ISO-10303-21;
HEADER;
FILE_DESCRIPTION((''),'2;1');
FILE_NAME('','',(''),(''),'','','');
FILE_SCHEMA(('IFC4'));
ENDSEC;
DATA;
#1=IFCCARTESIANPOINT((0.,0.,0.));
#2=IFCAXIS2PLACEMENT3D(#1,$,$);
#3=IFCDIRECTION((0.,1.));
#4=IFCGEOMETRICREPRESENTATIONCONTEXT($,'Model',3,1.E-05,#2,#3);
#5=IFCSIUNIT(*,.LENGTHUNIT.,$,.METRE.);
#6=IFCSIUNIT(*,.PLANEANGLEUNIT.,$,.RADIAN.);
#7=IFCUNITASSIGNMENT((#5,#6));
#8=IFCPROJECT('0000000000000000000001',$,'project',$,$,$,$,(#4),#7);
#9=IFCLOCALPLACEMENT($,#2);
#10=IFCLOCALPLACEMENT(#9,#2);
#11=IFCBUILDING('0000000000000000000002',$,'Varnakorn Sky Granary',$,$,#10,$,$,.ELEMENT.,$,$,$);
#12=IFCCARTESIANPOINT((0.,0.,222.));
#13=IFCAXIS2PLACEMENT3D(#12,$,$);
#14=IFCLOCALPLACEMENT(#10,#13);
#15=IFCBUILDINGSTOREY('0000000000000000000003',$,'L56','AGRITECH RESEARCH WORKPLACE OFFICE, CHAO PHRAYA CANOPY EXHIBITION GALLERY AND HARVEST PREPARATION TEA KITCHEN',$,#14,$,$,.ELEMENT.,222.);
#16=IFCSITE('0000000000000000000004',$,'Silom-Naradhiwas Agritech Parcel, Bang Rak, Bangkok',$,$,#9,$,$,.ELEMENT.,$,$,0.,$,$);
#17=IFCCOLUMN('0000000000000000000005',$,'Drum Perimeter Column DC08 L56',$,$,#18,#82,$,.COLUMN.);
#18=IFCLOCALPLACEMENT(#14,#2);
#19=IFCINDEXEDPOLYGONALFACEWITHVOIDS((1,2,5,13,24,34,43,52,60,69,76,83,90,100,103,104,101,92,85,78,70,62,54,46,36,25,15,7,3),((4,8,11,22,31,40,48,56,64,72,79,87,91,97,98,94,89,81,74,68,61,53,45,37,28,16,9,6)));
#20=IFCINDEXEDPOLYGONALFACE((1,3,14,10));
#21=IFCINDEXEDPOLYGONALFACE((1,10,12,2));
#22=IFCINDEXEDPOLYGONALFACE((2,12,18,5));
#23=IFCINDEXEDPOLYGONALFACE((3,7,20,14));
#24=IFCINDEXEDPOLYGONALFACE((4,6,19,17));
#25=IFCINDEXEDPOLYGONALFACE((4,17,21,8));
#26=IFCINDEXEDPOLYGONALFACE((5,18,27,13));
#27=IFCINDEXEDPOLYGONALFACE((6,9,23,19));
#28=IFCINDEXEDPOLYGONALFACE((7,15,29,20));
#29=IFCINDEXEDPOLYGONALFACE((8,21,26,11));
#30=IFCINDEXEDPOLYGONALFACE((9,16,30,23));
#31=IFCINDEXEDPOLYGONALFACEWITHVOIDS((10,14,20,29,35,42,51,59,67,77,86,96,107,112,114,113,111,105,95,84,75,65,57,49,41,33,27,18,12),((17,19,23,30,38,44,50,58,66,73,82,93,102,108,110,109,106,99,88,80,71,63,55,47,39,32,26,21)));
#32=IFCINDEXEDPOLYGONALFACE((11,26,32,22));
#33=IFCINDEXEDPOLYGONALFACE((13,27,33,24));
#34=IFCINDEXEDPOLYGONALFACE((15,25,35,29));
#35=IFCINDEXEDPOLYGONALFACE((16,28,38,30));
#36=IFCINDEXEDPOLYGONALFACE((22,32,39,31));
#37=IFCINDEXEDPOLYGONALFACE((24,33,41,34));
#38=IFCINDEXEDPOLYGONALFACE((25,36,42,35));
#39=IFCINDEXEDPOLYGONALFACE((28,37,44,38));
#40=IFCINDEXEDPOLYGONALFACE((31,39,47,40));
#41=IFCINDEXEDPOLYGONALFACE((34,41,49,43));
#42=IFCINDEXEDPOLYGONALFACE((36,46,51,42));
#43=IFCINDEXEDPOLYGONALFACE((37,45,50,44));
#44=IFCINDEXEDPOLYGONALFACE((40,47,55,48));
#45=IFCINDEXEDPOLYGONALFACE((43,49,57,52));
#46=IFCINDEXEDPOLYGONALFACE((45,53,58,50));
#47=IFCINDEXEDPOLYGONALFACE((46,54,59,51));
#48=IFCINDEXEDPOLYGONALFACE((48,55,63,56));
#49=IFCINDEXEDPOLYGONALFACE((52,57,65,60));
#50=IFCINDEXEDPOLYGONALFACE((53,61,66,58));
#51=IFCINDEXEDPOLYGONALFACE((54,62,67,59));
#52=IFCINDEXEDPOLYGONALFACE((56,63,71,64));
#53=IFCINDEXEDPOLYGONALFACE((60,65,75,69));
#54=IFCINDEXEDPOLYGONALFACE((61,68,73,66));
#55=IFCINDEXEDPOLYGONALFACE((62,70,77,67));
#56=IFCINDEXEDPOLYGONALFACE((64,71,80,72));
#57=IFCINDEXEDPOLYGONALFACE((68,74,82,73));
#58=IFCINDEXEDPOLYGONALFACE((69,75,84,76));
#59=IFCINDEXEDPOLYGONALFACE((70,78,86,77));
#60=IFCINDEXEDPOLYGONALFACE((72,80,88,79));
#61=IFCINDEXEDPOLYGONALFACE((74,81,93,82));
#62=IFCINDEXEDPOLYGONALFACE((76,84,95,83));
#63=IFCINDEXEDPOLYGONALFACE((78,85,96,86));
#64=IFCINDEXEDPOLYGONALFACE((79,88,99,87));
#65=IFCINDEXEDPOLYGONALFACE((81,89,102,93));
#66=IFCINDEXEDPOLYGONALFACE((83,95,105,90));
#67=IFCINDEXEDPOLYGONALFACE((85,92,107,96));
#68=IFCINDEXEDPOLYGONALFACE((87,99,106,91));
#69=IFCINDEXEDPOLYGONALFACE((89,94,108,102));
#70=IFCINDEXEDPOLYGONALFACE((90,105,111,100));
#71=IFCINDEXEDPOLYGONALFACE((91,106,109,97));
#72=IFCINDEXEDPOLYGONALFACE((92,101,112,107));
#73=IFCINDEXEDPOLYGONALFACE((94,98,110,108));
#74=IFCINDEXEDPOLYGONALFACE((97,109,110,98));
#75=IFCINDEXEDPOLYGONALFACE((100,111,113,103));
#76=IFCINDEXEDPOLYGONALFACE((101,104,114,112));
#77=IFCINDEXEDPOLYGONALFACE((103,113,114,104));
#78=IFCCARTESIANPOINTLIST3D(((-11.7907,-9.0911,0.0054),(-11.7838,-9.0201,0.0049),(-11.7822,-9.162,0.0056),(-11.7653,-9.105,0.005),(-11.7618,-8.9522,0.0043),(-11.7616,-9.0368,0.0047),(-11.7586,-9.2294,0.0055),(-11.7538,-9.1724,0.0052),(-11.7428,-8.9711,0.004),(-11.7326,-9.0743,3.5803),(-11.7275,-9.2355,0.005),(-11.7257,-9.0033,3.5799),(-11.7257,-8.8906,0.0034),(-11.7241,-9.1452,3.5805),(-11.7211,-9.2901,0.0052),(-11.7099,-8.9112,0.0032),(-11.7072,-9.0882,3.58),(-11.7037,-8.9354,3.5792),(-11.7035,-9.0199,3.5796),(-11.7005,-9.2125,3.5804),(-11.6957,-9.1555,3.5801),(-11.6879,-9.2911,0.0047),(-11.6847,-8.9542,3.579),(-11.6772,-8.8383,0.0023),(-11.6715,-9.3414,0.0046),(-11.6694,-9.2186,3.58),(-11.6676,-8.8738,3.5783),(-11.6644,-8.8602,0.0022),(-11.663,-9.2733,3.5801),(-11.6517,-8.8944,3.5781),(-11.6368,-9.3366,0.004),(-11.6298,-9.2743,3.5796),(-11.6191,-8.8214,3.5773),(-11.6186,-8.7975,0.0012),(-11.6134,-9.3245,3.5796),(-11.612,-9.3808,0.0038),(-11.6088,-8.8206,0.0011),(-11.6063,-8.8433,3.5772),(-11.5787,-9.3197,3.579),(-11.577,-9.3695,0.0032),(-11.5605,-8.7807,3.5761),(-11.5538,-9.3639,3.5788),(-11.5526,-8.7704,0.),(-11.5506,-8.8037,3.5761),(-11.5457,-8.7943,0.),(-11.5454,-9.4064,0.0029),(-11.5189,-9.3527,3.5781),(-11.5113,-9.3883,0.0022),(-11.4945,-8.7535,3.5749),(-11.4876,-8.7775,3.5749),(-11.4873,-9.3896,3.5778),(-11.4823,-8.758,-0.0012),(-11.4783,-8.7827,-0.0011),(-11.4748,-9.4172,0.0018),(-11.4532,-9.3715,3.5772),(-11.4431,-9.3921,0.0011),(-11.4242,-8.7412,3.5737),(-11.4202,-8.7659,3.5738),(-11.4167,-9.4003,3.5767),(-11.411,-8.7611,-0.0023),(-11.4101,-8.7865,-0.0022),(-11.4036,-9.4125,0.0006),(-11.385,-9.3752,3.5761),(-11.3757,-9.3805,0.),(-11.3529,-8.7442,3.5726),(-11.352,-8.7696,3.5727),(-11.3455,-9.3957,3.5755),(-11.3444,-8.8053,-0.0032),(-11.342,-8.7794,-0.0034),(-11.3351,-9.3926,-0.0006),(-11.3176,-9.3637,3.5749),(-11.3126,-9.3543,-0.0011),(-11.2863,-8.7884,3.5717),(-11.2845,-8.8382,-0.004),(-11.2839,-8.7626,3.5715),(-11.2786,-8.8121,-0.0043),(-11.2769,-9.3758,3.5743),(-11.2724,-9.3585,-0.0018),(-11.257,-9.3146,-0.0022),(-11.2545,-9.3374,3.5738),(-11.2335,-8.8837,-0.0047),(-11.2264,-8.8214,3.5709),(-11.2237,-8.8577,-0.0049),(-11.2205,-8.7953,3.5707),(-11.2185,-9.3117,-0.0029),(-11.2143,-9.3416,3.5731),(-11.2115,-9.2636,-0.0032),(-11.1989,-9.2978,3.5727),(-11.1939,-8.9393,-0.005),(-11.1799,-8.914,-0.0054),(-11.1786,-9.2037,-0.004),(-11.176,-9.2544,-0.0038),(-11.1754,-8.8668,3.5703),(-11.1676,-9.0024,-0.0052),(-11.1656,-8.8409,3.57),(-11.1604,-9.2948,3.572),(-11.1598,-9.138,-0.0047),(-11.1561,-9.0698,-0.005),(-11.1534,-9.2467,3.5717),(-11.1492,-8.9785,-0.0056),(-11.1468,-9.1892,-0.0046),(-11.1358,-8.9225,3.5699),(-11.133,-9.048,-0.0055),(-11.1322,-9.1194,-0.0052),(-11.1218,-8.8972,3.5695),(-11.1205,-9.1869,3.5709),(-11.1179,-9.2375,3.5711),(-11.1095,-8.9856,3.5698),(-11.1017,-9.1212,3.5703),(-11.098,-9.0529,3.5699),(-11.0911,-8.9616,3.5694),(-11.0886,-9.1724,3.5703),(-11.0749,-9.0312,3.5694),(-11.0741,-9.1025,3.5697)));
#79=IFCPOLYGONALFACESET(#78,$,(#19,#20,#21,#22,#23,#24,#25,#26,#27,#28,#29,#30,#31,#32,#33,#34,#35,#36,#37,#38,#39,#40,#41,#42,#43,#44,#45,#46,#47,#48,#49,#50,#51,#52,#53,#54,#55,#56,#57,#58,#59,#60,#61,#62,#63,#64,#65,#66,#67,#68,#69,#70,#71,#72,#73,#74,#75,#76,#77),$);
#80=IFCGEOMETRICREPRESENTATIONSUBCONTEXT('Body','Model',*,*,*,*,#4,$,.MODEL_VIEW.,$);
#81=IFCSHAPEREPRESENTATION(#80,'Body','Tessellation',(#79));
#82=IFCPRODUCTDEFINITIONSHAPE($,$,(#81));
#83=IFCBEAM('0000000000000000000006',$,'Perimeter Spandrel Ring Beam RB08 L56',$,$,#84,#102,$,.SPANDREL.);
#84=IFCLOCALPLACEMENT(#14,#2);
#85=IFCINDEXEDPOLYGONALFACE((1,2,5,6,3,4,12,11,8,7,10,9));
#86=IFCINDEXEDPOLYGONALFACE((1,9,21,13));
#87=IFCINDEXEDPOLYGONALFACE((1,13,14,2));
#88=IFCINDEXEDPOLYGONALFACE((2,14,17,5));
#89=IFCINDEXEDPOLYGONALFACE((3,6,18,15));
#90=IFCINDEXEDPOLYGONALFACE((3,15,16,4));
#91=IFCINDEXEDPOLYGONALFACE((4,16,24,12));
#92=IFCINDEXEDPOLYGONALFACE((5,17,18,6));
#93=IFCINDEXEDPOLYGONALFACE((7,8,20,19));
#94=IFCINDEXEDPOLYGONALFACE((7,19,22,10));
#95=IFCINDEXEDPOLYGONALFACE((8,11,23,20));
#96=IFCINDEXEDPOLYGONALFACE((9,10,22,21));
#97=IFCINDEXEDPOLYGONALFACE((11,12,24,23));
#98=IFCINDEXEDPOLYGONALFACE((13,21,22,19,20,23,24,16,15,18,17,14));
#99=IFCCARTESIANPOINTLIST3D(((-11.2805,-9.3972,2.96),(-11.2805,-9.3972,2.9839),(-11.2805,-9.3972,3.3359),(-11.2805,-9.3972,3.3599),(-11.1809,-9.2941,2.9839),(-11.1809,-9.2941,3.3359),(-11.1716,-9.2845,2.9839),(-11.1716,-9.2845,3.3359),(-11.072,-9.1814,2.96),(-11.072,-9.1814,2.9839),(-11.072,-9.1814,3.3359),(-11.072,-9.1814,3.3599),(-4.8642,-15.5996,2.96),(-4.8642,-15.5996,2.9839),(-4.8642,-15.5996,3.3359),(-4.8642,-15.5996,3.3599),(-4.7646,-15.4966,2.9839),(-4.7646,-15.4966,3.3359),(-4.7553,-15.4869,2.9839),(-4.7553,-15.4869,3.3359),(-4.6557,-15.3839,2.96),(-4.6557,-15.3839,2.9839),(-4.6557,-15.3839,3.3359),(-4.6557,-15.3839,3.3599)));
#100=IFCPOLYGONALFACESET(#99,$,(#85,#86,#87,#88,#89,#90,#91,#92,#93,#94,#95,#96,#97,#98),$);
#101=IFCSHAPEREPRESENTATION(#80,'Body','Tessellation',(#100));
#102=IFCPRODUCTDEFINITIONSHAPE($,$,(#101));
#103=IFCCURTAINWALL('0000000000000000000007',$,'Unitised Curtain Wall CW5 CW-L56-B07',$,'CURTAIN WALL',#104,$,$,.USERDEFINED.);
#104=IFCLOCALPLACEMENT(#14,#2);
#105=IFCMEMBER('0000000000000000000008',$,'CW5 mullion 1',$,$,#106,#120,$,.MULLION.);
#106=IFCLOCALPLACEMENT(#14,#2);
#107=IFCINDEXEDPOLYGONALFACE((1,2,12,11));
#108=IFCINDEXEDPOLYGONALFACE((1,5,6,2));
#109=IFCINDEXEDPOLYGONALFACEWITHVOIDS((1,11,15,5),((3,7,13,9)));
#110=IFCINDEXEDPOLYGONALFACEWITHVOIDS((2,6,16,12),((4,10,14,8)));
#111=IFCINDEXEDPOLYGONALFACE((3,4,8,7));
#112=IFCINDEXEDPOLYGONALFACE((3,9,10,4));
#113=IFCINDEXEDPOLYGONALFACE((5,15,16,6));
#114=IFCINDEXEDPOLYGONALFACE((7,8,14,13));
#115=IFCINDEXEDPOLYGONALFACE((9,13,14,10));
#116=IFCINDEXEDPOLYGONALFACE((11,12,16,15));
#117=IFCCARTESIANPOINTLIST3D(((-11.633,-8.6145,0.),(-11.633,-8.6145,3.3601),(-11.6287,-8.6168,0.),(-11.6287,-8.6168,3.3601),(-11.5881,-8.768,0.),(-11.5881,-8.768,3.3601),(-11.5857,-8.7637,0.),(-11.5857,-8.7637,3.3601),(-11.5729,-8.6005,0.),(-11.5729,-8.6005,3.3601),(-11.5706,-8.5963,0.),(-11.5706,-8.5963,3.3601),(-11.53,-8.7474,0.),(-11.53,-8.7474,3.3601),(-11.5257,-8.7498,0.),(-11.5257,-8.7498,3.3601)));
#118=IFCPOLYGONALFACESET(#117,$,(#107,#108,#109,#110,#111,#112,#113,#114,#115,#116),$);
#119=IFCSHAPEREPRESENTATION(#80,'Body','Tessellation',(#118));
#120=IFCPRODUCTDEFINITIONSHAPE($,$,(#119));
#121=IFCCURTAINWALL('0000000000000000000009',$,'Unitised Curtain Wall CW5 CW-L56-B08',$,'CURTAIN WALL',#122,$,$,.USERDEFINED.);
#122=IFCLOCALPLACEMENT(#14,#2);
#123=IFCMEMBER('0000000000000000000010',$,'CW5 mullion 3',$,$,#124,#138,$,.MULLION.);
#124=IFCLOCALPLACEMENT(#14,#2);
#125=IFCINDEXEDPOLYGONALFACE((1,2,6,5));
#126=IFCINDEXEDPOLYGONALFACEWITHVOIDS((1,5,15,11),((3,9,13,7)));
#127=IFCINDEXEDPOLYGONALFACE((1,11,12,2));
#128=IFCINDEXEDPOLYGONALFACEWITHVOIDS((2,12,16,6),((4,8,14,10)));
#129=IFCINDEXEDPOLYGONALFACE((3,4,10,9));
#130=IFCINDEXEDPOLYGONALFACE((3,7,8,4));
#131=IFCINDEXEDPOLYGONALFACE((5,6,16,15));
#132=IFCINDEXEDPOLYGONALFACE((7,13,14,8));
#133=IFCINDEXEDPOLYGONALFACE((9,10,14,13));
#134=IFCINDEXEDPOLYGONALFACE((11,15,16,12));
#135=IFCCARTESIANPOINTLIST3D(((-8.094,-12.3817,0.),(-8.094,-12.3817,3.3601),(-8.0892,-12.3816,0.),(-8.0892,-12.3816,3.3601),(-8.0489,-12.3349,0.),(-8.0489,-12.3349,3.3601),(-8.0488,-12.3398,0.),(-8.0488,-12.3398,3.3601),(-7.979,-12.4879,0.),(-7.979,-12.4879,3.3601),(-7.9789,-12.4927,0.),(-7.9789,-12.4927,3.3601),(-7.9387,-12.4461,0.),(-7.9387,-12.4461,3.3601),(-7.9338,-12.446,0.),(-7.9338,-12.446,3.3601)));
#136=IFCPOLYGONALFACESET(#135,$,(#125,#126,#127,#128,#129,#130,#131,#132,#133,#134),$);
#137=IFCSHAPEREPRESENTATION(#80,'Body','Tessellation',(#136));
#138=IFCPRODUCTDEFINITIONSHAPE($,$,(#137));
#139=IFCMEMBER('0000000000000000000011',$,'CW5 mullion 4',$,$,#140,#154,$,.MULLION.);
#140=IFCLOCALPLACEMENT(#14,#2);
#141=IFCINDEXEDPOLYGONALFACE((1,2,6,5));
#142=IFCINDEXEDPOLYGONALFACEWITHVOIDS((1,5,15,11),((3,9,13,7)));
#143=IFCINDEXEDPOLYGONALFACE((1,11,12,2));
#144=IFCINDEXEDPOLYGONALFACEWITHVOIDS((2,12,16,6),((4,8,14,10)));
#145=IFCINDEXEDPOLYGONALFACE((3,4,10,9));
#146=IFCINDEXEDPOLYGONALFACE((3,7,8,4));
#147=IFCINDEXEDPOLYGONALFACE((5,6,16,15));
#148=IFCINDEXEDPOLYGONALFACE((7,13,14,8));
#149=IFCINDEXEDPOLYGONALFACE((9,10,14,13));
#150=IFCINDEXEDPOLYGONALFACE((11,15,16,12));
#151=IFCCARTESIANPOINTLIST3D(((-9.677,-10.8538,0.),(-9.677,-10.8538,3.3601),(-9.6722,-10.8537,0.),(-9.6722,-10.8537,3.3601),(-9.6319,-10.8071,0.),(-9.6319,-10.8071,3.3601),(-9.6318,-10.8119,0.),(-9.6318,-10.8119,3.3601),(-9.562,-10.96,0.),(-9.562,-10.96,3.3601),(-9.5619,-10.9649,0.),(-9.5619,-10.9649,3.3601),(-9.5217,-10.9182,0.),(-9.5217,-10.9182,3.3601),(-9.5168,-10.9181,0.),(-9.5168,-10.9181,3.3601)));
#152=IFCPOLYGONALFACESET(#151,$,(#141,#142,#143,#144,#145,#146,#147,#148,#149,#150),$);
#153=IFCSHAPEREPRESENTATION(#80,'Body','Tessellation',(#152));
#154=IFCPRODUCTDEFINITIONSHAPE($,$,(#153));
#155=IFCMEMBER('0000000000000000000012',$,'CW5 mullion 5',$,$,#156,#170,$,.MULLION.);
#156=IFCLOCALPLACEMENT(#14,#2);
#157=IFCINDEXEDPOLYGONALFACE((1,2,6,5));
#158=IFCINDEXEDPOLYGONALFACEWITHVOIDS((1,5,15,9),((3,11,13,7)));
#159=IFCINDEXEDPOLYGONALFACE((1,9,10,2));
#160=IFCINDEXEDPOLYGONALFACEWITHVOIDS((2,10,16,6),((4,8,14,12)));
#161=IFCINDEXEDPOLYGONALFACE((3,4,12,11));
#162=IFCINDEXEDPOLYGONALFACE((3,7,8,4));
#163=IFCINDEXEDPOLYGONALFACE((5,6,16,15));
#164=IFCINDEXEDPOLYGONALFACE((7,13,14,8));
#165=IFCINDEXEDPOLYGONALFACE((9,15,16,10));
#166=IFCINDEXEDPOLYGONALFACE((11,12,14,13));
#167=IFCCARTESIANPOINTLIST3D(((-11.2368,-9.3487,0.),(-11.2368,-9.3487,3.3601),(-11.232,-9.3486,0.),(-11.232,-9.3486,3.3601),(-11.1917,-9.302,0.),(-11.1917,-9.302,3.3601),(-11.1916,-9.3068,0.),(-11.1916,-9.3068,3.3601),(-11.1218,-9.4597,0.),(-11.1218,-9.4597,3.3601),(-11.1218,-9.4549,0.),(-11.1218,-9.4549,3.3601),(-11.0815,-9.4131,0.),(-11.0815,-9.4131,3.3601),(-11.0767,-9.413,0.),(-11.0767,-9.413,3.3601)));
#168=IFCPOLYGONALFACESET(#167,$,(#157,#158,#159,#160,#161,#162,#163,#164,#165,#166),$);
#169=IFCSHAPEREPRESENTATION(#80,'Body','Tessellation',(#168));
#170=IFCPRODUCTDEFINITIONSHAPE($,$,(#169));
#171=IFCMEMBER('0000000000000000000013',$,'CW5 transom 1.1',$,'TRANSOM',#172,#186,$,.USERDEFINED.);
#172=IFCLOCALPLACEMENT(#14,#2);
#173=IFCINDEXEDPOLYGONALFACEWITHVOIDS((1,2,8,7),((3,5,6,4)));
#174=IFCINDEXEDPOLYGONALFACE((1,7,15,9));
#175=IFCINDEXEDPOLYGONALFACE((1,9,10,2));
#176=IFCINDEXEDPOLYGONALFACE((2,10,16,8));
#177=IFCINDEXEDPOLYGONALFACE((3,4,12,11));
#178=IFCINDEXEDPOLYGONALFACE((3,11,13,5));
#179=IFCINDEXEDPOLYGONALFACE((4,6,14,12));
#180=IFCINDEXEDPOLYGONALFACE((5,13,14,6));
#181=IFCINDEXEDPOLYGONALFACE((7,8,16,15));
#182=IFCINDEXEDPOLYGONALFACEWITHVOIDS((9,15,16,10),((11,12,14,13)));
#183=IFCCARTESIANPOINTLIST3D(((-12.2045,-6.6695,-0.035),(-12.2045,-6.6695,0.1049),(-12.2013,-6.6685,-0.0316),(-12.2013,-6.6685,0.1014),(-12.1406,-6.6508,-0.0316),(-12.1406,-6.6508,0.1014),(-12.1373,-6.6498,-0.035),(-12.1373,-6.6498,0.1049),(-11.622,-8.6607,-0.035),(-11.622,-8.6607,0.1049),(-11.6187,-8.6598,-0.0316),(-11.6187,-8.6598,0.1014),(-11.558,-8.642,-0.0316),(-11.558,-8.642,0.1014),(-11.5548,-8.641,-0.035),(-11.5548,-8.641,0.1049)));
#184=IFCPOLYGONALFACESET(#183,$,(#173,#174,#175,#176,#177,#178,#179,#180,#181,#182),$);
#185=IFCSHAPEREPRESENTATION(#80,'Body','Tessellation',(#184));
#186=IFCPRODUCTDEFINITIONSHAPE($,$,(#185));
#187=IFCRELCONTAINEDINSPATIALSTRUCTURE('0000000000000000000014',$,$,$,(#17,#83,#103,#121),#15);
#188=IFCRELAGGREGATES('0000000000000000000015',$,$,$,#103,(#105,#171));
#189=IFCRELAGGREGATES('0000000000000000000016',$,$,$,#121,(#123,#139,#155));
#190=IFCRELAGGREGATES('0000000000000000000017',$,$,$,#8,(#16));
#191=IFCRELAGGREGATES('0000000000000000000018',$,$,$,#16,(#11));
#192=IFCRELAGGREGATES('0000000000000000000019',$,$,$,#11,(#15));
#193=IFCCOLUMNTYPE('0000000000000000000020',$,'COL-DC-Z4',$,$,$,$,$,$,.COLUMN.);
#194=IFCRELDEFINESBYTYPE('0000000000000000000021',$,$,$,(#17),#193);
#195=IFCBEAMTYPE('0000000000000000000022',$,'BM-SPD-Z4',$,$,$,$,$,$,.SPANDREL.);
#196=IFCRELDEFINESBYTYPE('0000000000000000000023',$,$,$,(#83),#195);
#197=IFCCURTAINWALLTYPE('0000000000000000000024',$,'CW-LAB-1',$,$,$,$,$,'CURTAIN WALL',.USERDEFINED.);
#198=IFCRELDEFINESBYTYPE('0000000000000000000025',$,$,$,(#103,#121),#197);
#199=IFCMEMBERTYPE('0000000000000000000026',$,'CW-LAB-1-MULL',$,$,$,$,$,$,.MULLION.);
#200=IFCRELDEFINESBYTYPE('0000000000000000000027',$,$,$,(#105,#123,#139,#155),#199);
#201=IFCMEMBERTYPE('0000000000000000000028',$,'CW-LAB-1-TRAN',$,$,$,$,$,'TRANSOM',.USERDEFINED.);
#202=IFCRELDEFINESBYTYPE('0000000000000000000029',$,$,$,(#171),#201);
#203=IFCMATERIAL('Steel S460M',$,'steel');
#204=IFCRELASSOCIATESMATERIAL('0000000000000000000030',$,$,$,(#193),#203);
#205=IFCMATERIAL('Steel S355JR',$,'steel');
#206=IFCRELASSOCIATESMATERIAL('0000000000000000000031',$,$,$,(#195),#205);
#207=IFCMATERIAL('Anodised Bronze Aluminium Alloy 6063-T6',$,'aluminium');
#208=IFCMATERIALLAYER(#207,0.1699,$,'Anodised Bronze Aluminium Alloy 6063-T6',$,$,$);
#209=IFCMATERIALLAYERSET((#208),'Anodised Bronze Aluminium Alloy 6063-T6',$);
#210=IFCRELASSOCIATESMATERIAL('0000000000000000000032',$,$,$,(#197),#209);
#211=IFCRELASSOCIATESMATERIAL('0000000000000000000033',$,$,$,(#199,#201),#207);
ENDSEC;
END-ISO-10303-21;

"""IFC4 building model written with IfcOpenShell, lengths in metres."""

from ifc_helpers import new_model, si_unit, direction, frame, origin, origin_2d, place, context, subcontext, project, spatial, hollow_rectangle, hollow_circle, i_section, extrude, material, layer, layer_set, material_profile, profile_set, type_object, element, aggregate, save


model = new_model("IFC4")

# Units and contexts
model_context = context("Model", 3, precision=1e-05, world=origin(), true_north=direction((0.0, 1.0)))
body_context = subcontext(model_context, "Body", "Model", "MODEL_VIEW")
ifc_project = project(units=[si_unit("LENGTHUNIT", "METRE"), si_unit("PLANEANGLEUNIT", "RADIAN")], contexts=[model_context])

# Site, building, storey
site_placement = place(None, origin())
site = spatial("IfcSite", under=ifc_project, at=site_placement, Name="Silom-Naradhiwas Agritech Parcel, Bang Rak, Bangkok", CompositionType="ELEMENT", RefElevation=0.0)
building_placement = place(site_placement, origin())
building = spatial("IfcBuilding", under=site, at=building_placement, Name="Varnakorn Sky Granary", CompositionType="ELEMENT")
storey_placement = place(building_placement, frame((0.0, 0.0, 222.0)))
storey = spatial("IfcBuildingStorey", under=building, at=storey_placement, Name="L56", Description="AGRITECH RESEARCH WORKPLACE OFFICE, CHAO PHRAYA CANOPY EXHIBITION GALLERY AND HARVEST PREPARATION TEA KITCHEN", CompositionType="ELEMENT", Elevation=222.0)

# Column
ifc_material_1 = material(Name="Steel S460M", Category="steel")
ifc_material_profile_1 = material_profile(ifc_material_1, hollow_circle(Radius=0.3301, WallThickness=0.0249, at=origin_2d()), Name="CHS 660x25")
ifc_profile_set_1 = profile_set([ifc_material_profile_1], Name="Steel S460M")
column_type = type_object("IfcColumnType", Name="COL-DC-Z4", PredefinedType="COLUMN", material=ifc_profile_set_1)
column_placement = place(storey_placement, frame((-11.4607, -9.0874, 0.0), z_axis=(0.016251, 0.004711, 0.999857), x_axis=(-0.27845, 0.960451, 0.0)))
element("IfcColumn", 1, at=column_placement, inside=storey, type_object=column_type, Name="Drum Perimeter Column DC08 L56", PredefinedType="COLUMN", context=body_context, shape_type="SweptSolid", body=[
    extrude(hollow_circle(Radius=0.3301, WallThickness=0.0249, at=origin_2d()), origin(), (0.0, 0.0, 1.0), 3.5754),
])

# Beam
ifc_material_2 = material(Name="Steel S355JR", Category="steel")
ifc_material_profile_2 = material_profile(ifc_material_2, i_section(OverallWidth=0.3, OverallDepth=0.3999, WebThickness=0.0134, FlangeThickness=0.0239, at=origin_2d()), Name="HE 400 B")
ifc_profile_set_2 = profile_set([ifc_material_profile_2], Name="Steel S355JR")
beam_type = type_object("IfcBeamType", Name="BM-SPD-Z4", PredefinedType="SPANDREL", material=ifc_profile_set_2)
beam_placement = place(storey_placement, frame((-11.1763, -9.2893, 3.1599), z_axis=(0.718988, -0.695023, 0.0), x_axis=(0.695023, 0.718988, 0.0)))
element("IfcBeam", 2, at=beam_placement, inside=storey, type_object=beam_type, Name="Perimeter Spandrel Ring Beam RB08 L56", PredefinedType="SPANDREL", context=body_context, shape_type="SweptSolid", body=[
    extrude(i_section(OverallWidth=0.3, OverallDepth=0.3999, WebThickness=0.0134, FlangeThickness=0.0239, at=origin_2d()), origin(), (0.0, 0.0, 1.0), 8.9241),
])

# Curtain wall, member
ifc_material_3 = material(Name="Anodised Bronze Aluminium Alloy 6063-T6", Category="aluminium")
ifc_layer_1 = layer(ifc_material_3, 0.1699, Name="Anodised Bronze Aluminium Alloy 6063-T6")
ifc_layer_set_1 = layer_set([ifc_layer_1], Name="Anodised Bronze Aluminium Alloy 6063-T6")
curtain_wall_type = type_object("IfcCurtainWallType", Name="CW-LAB-1", ElementType="CURTAIN WALL", PredefinedType="USERDEFINED", material=ifc_layer_set_1)
curtain_wall_1_placement = place(storey_placement, origin())
curtain_wall_1 = element("IfcCurtainWall", 3, at=curtain_wall_1_placement, inside=storey, type_object=curtain_wall_type, Name="Unitised Curtain Wall CW5 CW-L56-B07", ObjectType="CURTAIN WALL", PredefinedType="USERDEFINED")
ifc_material_profile_3 = material_profile(ifc_material_3, hollow_rectangle(XDim=0.0649, YDim=0.1599, WallThickness=0.0034, at=origin_2d()), Name="ALU MULL 65x160")
ifc_profile_set_3 = profile_set([ifc_material_profile_3], Name="Anodised Bronze Aluminium Alloy 6063-T6")
member_type_1 = type_object("IfcMemberType", Name="CW-LAB-1-MULL", PredefinedType="MULLION", material=ifc_profile_set_3)
member_1_placement = place(storey_placement, frame((-11.5793, -8.6821, 0.0), z_axis=(0.0, 0.0, 1.0), x_axis=(-0.959779, -0.280755, 0.0)))
member_1 = element("IfcMember", 4, at=member_1_placement, type_object=member_type_1, Name="CW5 mullion 1", PredefinedType="MULLION", context=body_context, shape_type="SweptSolid", body=[
    extrude(hollow_rectangle(XDim=0.0649, YDim=0.1599, WallThickness=0.0034, at=origin_2d()), origin(), (0.0, 0.0, 1.0), 3.3601),
])

# Curtain wall, members
curtain_wall_2_placement = place(storey_placement, origin())
curtain_wall_2 = element("IfcCurtainWall", 5, at=curtain_wall_2_placement, inside=storey, type_object=curtain_wall_type, Name="Unitised Curtain Wall CW5 CW-L56-B08", ObjectType="CURTAIN WALL", PredefinedType="USERDEFINED")
member_2_placement = place(storey_placement, frame((-8.0139, -12.4138, 0.0), z_axis=(0.0, 0.0, 1.0), x_axis=(-0.694404, -0.719585, 0.0)))
member_2 = element("IfcMember", 6, at=member_2_placement, type_object=member_type_1, Name="CW5 mullion 3", PredefinedType="MULLION", context=body_context, shape_type="SweptSolid", body=[
    extrude(hollow_rectangle(XDim=0.0649, YDim=0.1599, WallThickness=0.0034, at=origin_2d()), origin(), (0.0, 0.0, 1.0), 3.3601),
])
member_3_placement = place(storey_placement, frame((-9.5969, -10.886, 0.0), z_axis=(0.0, 0.0, 1.0), x_axis=(-0.694404, -0.719585, 0.0)))
member_3 = element("IfcMember", 7, at=member_3_placement, type_object=member_type_1, Name="CW5 mullion 4", PredefinedType="MULLION", context=body_context, shape_type="SweptSolid", body=[
    extrude(hollow_rectangle(XDim=0.0649, YDim=0.1599, WallThickness=0.0034, at=origin_2d()), origin(), (0.0, 0.0, 1.0), 3.3601),
])
member_4_placement = place(storey_placement, frame((-11.1567, -9.3809, 0.0), z_axis=(0.0, 0.0, 1.0), x_axis=(-0.694404, -0.719585, 0.0)))
member_4 = element("IfcMember", 8, at=member_4_placement, type_object=member_type_1, Name="CW5 mullion 5", PredefinedType="MULLION", context=body_context, shape_type="SweptSolid", body=[
    extrude(hollow_rectangle(XDim=0.0649, YDim=0.1599, WallThickness=0.0034, at=origin_2d()), origin(), (0.0, 0.0, 1.0), 3.3601),
])

# Member
ifc_material_profile_4 = material_profile(ifc_material_3, hollow_rectangle(XDim=0.0701, YDim=0.1399, WallThickness=0.0034, at=origin_2d()), Name="ALU TRAN 70x140")
ifc_profile_set_4 = profile_set([ifc_material_profile_4], Name="Anodised Bronze Aluminium Alloy 6063-T6")
member_type_2 = type_object("IfcMemberType", Name="CW-LAB-1-TRAN", ElementType="TRANSOM", PredefinedType="USERDEFINED", material=ifc_profile_set_4)
member_5_placement = place(storey_placement, frame((-11.5884, -8.6509, 0.0349), z_axis=(-0.280777, 0.959773, 0.0), x_axis=(-0.959773, -0.280777, 0.0)))
member_5 = element("IfcMember", 9, at=member_5_placement, type_object=member_type_2, Name="CW5 transom 1.1", ObjectType="TRANSOM", PredefinedType="USERDEFINED", context=body_context, shape_type="SweptSolid", body=[
    extrude(hollow_rectangle(XDim=0.0701, YDim=0.1399, WallThickness=0.0034, at=origin_2d()), origin(), (0.0, 0.0, 1.0), 2.0747),
])

aggregate(curtain_wall_1, [member_1, member_5])
aggregate(curtain_wall_2, [member_2, member_3, member_4])

save(model, "model.ifc")
